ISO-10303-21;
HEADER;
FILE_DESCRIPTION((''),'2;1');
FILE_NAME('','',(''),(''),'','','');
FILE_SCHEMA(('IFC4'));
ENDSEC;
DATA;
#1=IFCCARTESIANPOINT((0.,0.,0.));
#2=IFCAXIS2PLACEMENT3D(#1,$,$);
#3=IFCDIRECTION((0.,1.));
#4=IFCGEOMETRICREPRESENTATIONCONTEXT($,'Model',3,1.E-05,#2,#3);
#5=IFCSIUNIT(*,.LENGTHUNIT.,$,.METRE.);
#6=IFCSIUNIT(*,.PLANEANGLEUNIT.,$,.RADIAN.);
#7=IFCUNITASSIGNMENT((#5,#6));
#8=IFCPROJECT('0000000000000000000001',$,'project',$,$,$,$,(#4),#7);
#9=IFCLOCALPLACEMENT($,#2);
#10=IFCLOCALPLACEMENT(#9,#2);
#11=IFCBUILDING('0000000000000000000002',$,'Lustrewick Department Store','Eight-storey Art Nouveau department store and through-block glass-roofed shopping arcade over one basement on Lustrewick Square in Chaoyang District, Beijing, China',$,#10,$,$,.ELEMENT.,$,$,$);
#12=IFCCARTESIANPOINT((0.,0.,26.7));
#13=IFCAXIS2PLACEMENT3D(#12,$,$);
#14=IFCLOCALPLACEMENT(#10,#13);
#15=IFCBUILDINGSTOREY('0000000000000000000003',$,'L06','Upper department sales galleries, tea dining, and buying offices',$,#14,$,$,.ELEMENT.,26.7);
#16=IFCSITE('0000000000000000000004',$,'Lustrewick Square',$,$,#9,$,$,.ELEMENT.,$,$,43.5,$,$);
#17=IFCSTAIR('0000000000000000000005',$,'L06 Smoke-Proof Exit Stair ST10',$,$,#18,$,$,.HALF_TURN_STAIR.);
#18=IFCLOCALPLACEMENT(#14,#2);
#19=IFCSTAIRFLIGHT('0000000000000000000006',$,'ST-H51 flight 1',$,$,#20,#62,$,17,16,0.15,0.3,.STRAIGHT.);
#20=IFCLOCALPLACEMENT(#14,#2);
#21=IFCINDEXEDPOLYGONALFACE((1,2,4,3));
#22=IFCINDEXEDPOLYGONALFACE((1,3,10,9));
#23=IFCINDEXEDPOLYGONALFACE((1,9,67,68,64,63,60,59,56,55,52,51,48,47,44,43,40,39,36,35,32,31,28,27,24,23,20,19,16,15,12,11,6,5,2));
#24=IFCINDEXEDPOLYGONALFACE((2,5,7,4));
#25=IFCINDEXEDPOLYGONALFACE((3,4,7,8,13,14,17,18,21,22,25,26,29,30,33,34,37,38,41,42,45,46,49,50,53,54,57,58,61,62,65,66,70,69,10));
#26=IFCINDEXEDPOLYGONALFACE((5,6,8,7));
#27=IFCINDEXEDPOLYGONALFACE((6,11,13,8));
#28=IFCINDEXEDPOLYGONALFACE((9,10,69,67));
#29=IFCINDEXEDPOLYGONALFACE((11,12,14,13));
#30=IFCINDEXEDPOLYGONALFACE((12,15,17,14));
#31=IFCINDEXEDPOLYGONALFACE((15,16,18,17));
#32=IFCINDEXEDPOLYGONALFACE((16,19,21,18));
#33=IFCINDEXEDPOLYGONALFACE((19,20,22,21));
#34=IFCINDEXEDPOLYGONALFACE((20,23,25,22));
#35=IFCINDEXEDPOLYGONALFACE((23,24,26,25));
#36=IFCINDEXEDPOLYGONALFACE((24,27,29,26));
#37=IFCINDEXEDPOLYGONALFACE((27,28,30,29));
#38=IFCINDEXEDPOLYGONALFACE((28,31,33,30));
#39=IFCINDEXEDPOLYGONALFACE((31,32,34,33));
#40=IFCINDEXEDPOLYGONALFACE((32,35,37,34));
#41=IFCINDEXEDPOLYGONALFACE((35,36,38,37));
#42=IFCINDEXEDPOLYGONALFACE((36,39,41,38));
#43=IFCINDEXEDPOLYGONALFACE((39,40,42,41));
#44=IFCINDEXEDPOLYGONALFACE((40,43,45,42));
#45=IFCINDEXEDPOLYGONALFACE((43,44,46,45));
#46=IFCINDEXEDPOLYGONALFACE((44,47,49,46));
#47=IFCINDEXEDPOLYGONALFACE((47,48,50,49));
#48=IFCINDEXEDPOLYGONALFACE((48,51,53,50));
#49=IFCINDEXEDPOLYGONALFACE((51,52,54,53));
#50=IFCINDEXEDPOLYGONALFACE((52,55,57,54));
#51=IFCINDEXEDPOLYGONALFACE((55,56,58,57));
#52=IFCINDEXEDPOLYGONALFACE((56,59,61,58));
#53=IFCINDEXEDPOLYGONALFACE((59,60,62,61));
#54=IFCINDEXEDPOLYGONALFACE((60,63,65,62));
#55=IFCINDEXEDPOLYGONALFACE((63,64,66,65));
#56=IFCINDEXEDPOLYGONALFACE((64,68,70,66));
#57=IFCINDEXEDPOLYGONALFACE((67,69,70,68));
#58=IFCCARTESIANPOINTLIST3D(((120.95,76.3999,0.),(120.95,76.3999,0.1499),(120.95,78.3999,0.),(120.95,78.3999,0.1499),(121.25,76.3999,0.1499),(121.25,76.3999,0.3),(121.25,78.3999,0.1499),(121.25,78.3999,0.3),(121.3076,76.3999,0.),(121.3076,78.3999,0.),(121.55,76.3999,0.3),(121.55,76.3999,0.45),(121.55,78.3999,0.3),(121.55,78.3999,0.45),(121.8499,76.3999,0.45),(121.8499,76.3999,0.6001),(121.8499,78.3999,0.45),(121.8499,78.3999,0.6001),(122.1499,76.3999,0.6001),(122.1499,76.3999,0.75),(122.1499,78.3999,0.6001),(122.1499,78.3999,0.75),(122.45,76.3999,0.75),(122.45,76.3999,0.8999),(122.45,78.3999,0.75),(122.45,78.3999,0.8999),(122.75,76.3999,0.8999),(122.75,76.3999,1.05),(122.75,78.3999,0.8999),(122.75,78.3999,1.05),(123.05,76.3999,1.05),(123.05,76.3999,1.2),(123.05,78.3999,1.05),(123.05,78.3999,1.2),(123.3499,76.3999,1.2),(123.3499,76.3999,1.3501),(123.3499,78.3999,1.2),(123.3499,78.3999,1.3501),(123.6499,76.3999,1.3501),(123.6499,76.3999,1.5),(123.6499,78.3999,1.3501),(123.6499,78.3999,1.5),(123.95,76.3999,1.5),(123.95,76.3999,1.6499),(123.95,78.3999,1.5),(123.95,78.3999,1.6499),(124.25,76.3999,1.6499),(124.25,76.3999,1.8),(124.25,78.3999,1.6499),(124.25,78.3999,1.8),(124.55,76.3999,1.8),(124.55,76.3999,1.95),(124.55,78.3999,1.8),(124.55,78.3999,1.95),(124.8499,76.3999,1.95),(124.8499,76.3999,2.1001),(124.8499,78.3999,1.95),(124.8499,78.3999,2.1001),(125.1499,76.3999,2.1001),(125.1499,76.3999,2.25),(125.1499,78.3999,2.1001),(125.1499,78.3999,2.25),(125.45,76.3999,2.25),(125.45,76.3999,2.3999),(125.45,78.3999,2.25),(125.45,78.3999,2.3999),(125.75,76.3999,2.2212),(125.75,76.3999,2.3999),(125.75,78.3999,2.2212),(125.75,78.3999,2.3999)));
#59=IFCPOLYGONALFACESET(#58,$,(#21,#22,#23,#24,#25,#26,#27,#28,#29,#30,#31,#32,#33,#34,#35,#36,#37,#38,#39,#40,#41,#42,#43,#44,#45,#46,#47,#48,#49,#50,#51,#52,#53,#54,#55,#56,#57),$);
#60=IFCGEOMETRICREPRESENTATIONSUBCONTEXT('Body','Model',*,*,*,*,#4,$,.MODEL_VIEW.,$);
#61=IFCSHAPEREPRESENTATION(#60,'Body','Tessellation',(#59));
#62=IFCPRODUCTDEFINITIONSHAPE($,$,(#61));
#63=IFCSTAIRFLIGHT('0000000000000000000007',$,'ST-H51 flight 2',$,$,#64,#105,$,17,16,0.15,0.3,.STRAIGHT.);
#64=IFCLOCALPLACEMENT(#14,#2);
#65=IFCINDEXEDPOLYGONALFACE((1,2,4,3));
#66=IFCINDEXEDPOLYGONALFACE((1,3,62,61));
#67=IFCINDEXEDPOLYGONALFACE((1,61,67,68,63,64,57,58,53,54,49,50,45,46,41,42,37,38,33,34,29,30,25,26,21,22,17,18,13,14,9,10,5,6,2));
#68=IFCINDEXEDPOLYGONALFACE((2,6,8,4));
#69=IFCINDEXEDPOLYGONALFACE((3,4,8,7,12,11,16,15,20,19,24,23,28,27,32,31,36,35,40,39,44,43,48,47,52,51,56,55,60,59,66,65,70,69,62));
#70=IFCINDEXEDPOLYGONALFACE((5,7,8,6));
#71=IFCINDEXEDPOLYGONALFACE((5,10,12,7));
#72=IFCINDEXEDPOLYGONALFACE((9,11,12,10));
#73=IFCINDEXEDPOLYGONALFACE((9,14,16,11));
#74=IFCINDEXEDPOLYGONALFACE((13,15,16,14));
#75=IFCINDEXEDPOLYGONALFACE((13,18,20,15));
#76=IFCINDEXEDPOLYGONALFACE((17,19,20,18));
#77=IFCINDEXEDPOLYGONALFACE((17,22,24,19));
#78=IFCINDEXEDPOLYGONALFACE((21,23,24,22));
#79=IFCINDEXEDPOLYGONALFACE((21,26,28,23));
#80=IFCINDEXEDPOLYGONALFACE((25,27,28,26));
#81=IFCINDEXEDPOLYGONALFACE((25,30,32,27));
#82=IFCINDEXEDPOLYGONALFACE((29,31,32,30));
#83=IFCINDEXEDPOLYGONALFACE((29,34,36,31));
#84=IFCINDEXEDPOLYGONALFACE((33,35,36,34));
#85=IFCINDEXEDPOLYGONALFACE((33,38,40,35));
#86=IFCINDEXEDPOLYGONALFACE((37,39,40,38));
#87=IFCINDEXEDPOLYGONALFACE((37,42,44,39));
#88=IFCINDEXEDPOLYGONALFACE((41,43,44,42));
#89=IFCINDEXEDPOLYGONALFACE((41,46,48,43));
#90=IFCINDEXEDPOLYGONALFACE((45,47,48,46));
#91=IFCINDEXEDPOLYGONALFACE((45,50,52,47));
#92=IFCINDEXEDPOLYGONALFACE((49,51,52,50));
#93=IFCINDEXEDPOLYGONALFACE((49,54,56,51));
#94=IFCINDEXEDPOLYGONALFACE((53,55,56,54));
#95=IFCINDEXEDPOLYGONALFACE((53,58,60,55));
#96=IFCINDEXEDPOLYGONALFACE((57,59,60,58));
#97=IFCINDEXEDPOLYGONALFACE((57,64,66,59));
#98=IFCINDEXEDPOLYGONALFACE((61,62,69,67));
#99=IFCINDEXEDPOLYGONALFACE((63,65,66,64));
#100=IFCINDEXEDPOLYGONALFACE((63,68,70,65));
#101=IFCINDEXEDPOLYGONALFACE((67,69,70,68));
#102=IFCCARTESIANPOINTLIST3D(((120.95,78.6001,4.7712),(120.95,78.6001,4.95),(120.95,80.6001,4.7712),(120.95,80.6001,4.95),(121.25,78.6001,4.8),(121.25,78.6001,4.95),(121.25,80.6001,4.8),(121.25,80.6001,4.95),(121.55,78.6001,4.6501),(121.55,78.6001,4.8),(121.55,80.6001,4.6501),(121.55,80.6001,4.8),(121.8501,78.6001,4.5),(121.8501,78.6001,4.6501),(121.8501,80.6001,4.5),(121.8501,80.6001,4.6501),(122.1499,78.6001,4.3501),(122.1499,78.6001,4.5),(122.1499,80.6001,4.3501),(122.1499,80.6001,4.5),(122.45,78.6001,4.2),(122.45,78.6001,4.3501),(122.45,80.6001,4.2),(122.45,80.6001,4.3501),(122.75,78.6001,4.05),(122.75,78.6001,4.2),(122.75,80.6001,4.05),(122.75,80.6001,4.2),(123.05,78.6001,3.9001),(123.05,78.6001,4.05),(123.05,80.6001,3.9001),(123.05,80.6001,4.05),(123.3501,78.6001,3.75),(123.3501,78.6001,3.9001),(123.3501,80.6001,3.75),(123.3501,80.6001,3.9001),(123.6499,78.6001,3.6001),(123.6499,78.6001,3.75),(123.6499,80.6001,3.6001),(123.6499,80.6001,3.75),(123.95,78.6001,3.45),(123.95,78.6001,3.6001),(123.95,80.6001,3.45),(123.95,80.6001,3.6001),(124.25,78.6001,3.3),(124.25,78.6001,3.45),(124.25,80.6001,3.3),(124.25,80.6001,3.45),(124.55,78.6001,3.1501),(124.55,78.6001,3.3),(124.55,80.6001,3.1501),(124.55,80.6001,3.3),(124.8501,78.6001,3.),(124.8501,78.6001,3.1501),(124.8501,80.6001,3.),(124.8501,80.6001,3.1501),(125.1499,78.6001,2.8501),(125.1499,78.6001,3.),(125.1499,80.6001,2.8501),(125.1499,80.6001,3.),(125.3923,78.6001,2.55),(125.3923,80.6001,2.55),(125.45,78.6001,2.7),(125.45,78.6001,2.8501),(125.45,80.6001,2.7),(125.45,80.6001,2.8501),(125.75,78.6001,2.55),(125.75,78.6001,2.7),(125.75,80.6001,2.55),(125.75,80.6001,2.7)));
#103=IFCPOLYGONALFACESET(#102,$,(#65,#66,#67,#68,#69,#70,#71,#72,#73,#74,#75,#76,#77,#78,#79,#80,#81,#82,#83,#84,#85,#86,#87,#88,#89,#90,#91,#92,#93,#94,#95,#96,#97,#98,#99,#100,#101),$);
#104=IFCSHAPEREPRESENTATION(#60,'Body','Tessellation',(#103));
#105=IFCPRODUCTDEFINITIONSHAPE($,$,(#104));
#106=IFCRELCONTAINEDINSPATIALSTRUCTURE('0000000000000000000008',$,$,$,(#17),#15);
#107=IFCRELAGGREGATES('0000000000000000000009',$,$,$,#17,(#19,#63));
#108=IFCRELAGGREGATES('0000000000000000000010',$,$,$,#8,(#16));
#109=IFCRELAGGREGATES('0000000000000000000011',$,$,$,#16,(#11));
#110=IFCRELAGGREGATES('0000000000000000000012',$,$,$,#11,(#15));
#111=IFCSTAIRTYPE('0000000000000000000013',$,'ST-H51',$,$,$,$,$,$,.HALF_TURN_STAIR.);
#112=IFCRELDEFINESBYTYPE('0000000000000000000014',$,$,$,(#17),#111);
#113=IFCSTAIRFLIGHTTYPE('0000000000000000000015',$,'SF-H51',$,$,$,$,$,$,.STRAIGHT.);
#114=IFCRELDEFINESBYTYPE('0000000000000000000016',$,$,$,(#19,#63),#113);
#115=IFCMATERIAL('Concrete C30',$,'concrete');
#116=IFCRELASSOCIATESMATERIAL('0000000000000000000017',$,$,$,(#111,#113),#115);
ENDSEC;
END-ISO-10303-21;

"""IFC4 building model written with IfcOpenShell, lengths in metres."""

from ifc_helpers import new_model, si_unit, direction, frame, origin, place, context, subcontext, project, spatial, polyline, outline, extrude, material, type_object, element, aggregate, save


model = new_model("IFC4")

# Units and contexts
model_context = context("Model", 3, precision=1e-05, world=origin(), true_north=direction((0.0, 1.0)))
body_context = subcontext(model_context, "Body", "Model", "MODEL_VIEW")
ifc_project = project(units=[si_unit("LENGTHUNIT", "METRE"), si_unit("PLANEANGLEUNIT", "RADIAN")], contexts=[model_context])

# Site, building, storey
site_placement = place(None, origin())
site = spatial("IfcSite", under=ifc_project, at=site_placement, Name="Lustrewick Square", CompositionType="ELEMENT", RefElevation=43.5)
building_placement = place(site_placement, origin())
building = spatial("IfcBuilding", under=site, at=building_placement, Name="Lustrewick Department Store", Description="Eight-storey Art Nouveau department store and through-block glass-roofed shopping arcade over one basement on Lustrewick Square in Chaoyang District, Beijing, China", CompositionType="ELEMENT")
storey_placement = place(building_placement, frame((0.0, 0.0, 26.7)))
storey = spatial("IfcBuildingStorey", under=building, at=storey_placement, Name="L06", Description="Upper department sales galleries, tea dining, and buying offices", CompositionType="ELEMENT", Elevation=26.7)

# Stair, stair flights
ifc_material_1 = material(Name="Concrete C30", Category="concrete")
stair_type = type_object("IfcStairType", Name="ST-H51", PredefinedType="HALF_TURN_STAIR", material=ifc_material_1)
stair_placement = place(storey_placement, origin())
stair = element("IfcStair", 1, at=stair_placement, inside=storey, type_object=stair_type, Name="L06 Smoke-Proof Exit Stair ST10", PredefinedType="HALF_TURN_STAIR")
stair_flight_type = type_object("IfcStairFlightType", Name="SF-H51", PredefinedType="STRAIGHT", material=ifc_material_1)
stair_flight_1_placement = place(storey_placement, frame((120.95, 77.3999, 0.0), z_axis=(0.0, 0.0, 1.0), x_axis=(1.0, 0.0, 0.0)))
stair_flight_1 = element("IfcStairFlight", 2, at=stair_flight_1_placement, type_object=stair_flight_type, Name="ST-H51 flight 1", NumberOfRisers=17, NumberOfTreads=16, PredefinedType="STRAIGHT", RiserHeight=0.15, TreadLength=0.3, context=body_context, shape_type="SweptSolid", body=[
    extrude(outline(polyline([(0.0, 0.0), (0.0, 0.1499), (0.3, 0.1499), (0.3, 0.3), (0.6001, 0.3), (0.6001, 0.45), (0.8999, 0.45), (0.8999, 0.6001), (1.2, 0.6001), (1.2, 0.75), (1.5, 0.75), (1.5, 0.8999), (1.8, 0.8999), (1.8, 1.05), (2.1001, 1.05), (2.1001, 1.2), (2.3999, 1.2), (2.3999, 1.3501), (2.7, 1.3501), (2.7, 1.5), (3.0, 1.5), (3.0, 1.6499), (3.3, 1.6499), (3.3, 1.8), (3.6001, 1.8), (3.6001, 1.95), (3.8999, 1.95), (3.8999, 2.1001), (4.2, 2.1001), (4.2, 2.25), (4.5, 2.25), (4.5, 2.3999), (4.8, 2.3999), (4.8, 2.55), (4.8, 2.2212), (0.3577, 0.0), (0.0, 0.0)])), frame((0.0, 1.0, 0.0), z_axis=(0.0, -1.0, 0.0), x_axis=(1.0, 0.0, 0.0)), (0.0, 0.0, 1.0), 2.0),
])
stair_flight_2_placement = place(storey_placement, frame((125.75, 79.6001, 2.55), z_axis=(0.0, 0.0, 1.0), x_axis=(-1.0, 0.0, 0.0)))
stair_flight_2 = element("IfcStairFlight", 3, at=stair_flight_2_placement, type_object=stair_flight_type, Name="ST-H51 flight 2", NumberOfRisers=17, NumberOfTreads=16, PredefinedType="STRAIGHT", RiserHeight=0.15, TreadLength=0.3, context=body_context, shape_type="SweptSolid", body=[
    extrude(outline(polyline([(0.0, 0.0), (0.0, 0.1499), (0.3, 0.1499), (0.3, 0.3), (0.6001, 0.3), (0.6001, 0.45), (0.8999, 0.45), (0.8999, 0.6001), (1.2, 0.6001), (1.2, 0.75), (1.5, 0.75), (1.5, 0.8999), (1.8, 0.8999), (1.8, 1.05), (2.1001, 1.05), (2.1001, 1.2), (2.3999, 1.2), (2.3999, 1.3501), (2.7, 1.3501), (2.7, 1.5), (3.0, 1.5), (3.0, 1.6499), (3.3, 1.6499), (3.3, 1.8), (3.6001, 1.8), (3.6001, 1.95), (3.8999, 1.95), (3.8999, 2.1001), (4.2, 2.1001), (4.2, 2.25), (4.5, 2.25), (4.5, 2.3999), (4.8, 2.3999), (4.8, 2.55), (4.8, 2.2212), (0.3577, 0.0), (0.0, 0.0)])), frame((0.0, 1.0, 0.0), z_axis=(0.0, -1.0, 0.0), x_axis=(1.0, 0.0, 0.0)), (0.0, 0.0, 1.0), 2.0),
])
aggregate(stair, [stair_flight_1, stair_flight_2])

save(model, "model.ifc")
